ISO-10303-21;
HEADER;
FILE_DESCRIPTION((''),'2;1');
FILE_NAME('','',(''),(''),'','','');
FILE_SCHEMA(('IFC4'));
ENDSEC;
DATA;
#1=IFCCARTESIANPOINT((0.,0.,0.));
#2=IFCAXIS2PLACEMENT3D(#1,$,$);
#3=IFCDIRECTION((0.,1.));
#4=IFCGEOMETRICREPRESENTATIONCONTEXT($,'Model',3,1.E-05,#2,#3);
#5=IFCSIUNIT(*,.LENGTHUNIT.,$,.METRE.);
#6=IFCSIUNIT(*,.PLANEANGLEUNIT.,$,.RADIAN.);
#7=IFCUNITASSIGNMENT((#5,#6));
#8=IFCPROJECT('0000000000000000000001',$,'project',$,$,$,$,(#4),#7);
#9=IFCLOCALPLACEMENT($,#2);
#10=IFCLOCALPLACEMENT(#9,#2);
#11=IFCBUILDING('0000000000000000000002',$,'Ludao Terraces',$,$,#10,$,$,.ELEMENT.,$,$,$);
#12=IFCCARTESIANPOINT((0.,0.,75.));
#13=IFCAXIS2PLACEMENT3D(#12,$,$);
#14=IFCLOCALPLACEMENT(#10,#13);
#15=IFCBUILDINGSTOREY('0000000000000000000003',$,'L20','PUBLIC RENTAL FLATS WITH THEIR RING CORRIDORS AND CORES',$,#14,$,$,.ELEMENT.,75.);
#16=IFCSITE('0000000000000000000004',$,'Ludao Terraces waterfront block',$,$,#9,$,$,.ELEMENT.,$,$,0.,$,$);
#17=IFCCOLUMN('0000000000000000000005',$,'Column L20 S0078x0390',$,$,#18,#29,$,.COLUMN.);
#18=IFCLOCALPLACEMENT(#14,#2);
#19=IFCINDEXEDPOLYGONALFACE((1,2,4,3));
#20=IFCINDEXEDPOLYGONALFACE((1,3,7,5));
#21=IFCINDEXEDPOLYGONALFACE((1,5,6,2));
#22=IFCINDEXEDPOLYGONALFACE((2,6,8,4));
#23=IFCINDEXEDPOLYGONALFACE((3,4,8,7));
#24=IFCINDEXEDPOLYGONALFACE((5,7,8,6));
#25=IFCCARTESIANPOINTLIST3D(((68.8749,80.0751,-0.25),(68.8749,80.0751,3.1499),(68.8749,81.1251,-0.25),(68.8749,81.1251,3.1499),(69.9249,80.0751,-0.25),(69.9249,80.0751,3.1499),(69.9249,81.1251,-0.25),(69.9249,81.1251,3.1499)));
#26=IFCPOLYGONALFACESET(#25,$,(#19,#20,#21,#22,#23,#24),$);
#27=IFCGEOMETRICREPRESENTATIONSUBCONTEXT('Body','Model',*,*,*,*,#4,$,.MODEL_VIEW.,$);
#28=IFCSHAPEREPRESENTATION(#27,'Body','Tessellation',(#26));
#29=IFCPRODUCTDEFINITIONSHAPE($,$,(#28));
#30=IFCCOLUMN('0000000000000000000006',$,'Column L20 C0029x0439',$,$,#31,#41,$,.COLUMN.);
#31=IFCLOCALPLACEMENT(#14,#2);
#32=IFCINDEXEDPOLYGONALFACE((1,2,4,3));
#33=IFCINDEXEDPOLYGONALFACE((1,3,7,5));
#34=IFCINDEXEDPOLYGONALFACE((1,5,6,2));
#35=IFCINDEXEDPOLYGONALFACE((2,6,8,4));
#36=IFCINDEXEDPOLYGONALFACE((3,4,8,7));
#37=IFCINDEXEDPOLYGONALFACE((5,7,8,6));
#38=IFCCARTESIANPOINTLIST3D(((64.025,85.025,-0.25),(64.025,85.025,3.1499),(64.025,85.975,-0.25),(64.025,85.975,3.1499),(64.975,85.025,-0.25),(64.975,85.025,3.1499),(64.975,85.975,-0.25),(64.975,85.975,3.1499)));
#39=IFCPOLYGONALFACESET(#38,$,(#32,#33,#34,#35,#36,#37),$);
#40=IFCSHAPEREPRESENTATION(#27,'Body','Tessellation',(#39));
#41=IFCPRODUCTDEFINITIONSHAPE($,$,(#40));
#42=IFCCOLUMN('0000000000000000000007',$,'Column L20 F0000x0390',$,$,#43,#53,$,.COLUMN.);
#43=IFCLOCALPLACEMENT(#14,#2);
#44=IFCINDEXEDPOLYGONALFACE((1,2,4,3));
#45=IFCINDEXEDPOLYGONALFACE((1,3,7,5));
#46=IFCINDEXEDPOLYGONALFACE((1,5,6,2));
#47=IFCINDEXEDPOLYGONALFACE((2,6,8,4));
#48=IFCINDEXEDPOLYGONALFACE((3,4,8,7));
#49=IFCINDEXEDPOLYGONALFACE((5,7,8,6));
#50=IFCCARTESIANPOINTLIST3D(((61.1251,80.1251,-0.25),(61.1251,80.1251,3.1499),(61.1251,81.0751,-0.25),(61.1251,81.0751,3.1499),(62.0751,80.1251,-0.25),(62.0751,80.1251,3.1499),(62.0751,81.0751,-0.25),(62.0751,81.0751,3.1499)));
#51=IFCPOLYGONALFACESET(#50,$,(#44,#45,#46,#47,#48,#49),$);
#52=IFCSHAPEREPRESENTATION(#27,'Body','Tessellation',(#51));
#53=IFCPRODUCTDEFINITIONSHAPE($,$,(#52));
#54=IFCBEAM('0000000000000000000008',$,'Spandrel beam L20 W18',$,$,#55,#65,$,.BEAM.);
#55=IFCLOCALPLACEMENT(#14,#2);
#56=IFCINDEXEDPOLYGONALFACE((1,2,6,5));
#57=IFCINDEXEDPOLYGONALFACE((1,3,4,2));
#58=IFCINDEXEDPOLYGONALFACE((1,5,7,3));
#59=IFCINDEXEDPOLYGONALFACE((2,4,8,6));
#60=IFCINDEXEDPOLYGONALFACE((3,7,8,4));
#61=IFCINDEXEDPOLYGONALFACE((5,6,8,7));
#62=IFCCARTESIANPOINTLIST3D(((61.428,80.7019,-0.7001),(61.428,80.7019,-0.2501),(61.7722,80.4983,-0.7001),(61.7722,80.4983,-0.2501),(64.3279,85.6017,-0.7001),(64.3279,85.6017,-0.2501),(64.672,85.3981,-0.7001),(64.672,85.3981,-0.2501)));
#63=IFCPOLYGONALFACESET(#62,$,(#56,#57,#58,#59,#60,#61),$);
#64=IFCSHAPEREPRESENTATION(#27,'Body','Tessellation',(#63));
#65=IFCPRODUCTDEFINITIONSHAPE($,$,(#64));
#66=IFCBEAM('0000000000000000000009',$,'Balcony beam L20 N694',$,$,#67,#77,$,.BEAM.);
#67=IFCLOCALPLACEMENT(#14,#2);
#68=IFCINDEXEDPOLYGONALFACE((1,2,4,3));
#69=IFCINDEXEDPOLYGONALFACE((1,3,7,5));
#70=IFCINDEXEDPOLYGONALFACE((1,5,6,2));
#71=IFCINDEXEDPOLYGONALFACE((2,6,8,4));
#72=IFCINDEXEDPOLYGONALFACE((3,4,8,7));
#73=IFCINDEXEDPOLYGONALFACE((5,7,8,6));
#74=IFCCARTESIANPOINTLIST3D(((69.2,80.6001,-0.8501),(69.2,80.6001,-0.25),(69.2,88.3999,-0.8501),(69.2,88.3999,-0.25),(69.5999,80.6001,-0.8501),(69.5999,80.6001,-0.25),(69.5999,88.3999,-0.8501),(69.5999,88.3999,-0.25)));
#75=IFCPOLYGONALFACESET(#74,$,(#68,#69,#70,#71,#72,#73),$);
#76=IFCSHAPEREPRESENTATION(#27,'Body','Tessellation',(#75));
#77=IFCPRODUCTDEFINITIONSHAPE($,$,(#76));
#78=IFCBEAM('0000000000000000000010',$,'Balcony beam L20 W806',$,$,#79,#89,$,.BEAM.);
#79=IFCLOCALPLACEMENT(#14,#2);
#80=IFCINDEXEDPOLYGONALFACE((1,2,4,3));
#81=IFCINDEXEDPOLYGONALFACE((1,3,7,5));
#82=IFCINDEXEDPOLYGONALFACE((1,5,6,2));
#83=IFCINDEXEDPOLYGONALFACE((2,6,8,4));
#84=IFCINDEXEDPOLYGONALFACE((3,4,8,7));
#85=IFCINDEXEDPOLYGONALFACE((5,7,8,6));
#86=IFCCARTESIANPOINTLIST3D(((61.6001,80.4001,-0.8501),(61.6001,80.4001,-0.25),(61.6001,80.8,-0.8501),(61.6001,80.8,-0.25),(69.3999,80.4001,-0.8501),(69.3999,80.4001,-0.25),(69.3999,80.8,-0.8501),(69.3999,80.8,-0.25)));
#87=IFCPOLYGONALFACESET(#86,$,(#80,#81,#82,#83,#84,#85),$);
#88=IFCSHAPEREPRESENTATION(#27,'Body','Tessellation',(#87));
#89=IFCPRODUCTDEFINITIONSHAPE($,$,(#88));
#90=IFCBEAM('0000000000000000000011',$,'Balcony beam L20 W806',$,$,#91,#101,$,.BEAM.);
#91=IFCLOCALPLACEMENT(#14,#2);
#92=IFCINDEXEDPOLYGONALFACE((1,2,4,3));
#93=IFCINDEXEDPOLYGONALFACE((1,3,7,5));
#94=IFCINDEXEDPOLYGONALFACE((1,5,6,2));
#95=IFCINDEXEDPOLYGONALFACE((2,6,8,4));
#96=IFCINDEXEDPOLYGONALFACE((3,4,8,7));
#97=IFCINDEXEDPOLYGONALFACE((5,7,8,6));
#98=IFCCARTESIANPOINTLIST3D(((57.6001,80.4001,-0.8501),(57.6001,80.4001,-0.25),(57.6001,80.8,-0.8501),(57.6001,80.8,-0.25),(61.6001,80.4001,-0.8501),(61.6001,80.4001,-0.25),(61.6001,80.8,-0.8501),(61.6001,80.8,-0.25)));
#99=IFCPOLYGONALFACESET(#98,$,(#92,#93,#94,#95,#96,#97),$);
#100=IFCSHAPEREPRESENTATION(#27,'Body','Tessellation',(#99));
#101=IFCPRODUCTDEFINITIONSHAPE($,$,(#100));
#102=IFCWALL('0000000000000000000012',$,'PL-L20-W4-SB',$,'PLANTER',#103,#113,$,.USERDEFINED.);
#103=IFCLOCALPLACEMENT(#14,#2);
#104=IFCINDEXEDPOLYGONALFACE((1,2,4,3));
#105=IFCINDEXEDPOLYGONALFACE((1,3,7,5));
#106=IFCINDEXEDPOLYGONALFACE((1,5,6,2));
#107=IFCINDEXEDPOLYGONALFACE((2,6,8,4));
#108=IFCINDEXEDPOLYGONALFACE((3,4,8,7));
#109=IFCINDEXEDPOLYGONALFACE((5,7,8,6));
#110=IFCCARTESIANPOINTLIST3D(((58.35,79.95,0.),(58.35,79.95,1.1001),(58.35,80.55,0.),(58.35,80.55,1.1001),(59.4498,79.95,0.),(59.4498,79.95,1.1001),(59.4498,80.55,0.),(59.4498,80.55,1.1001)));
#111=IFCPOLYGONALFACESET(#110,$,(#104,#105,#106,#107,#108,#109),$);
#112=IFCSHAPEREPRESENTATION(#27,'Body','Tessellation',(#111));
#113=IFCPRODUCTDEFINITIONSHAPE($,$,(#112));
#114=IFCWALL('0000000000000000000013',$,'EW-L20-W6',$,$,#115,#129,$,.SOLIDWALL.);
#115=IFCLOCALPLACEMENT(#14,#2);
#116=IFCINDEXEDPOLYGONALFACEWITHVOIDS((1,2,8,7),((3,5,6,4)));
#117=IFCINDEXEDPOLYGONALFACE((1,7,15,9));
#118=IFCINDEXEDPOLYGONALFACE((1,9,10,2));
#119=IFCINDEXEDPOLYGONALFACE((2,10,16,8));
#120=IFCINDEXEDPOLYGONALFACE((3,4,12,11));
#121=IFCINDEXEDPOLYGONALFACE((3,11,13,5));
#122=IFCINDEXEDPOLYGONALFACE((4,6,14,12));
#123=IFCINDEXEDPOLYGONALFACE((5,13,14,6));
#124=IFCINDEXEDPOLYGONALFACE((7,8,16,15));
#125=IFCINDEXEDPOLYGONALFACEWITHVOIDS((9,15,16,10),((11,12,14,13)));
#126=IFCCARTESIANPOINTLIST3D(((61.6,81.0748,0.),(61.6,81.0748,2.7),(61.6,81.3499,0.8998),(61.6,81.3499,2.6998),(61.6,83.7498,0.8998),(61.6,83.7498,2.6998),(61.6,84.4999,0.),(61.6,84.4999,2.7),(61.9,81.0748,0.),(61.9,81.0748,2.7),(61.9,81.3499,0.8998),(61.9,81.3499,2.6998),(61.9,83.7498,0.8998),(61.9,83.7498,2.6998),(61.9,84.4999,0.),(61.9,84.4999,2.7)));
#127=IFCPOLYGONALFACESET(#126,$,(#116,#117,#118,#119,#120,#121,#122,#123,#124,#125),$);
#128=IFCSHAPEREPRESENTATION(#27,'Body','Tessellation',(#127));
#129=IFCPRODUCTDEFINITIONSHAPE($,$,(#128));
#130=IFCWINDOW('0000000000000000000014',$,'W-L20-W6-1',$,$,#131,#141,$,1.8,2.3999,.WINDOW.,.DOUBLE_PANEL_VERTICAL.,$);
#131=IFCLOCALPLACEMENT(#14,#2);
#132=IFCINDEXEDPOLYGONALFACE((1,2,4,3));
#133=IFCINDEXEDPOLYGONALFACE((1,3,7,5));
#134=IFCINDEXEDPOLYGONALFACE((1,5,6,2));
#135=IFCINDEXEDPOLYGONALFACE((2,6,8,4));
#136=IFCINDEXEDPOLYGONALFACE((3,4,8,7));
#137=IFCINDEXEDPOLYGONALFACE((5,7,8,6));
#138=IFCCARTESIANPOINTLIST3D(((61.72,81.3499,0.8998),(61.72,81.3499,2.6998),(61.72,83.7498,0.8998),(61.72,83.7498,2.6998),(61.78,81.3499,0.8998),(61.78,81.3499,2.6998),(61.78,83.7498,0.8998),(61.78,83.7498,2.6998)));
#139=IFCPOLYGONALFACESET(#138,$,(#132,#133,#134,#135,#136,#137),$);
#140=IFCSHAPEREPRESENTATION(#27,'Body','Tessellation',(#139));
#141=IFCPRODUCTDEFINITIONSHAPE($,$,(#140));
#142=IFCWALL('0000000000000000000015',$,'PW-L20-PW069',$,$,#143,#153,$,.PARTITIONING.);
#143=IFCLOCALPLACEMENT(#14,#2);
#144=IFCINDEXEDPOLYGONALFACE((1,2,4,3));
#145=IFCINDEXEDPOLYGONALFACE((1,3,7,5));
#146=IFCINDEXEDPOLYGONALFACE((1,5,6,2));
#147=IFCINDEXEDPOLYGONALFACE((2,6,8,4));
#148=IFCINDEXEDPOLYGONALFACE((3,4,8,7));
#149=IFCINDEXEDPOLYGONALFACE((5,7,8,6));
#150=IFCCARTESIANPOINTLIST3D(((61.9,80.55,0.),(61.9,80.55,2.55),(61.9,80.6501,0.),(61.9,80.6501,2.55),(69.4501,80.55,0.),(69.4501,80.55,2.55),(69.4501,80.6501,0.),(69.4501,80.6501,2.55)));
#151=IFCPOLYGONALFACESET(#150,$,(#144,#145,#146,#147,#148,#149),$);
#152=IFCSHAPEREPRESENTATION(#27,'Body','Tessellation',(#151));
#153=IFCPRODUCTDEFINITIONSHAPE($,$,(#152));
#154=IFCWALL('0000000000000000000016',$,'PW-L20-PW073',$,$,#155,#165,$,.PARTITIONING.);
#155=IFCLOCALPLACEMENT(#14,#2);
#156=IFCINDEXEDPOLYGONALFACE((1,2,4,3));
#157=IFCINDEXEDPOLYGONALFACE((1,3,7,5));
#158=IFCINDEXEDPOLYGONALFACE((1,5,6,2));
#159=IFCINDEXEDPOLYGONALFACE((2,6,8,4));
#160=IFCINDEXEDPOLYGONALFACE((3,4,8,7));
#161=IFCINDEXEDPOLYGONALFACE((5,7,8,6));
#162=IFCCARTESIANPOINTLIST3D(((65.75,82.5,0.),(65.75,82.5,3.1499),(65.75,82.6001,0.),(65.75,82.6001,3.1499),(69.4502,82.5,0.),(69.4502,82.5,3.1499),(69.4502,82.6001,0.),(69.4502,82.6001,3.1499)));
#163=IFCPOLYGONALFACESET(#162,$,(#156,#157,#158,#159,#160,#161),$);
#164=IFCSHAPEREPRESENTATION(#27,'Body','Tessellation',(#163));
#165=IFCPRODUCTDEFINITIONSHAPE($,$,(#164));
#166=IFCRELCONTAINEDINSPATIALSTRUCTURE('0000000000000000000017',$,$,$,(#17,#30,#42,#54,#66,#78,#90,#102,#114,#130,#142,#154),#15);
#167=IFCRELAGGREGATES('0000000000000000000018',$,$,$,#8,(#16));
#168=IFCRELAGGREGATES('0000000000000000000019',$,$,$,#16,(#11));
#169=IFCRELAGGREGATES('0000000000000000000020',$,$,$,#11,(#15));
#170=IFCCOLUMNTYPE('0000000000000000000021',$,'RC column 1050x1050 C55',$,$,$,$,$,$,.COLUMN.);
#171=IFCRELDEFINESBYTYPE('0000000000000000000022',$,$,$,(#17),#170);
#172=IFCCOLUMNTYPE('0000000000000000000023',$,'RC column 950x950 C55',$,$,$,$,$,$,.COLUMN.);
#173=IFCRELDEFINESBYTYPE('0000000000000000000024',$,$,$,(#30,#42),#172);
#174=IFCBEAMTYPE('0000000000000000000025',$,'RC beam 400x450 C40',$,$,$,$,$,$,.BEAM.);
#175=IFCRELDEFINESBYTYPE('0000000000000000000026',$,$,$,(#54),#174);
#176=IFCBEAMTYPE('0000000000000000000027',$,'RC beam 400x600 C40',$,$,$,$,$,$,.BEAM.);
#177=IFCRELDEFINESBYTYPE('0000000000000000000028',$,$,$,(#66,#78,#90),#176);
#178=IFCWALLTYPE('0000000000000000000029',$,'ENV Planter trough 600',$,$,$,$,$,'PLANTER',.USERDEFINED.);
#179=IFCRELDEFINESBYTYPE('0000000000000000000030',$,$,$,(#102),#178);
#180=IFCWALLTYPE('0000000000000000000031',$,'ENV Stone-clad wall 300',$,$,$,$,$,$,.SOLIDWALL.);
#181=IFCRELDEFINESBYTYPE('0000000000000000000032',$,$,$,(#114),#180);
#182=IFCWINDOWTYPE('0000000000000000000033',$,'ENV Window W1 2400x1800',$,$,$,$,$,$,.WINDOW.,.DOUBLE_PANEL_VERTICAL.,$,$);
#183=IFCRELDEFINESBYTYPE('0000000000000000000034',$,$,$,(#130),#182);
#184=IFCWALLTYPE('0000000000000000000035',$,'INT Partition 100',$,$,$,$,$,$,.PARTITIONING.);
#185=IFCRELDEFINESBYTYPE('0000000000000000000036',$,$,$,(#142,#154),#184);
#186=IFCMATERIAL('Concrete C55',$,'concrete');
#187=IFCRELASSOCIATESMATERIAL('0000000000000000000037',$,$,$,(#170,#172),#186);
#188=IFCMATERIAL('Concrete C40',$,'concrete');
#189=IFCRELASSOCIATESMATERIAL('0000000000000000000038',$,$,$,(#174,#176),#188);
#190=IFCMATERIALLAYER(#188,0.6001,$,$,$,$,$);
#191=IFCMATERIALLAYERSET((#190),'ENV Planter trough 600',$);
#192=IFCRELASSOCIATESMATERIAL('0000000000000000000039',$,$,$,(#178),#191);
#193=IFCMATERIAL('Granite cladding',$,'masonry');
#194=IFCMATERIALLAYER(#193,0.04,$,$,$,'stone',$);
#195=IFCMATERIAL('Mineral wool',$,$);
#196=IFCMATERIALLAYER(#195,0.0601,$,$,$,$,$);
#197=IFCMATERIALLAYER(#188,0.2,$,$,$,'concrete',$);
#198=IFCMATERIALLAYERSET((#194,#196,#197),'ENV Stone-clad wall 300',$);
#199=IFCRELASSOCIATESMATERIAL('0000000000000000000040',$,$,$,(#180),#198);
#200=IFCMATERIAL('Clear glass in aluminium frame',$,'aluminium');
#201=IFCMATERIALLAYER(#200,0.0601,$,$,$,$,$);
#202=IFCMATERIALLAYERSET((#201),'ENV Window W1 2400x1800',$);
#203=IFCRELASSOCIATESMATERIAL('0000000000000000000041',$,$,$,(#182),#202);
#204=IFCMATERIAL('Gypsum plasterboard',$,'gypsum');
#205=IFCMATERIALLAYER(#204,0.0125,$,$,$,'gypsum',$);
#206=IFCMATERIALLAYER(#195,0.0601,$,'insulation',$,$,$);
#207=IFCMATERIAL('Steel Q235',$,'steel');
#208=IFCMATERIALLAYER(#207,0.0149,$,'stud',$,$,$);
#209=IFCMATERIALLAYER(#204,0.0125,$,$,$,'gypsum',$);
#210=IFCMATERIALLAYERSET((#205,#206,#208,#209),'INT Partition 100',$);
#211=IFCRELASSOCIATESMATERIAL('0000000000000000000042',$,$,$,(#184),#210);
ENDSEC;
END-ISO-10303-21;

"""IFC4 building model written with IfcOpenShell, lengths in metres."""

from ifc_helpers import new_model, si_unit, direction, frame, frame_2d, origin, origin_2d, place, context, subcontext, project, spatial, rectangle, extrude, material, layer, layer_set, material_profile, profile_set, type_object, element, fill, save


model = new_model("IFC4")

# Units and contexts
model_context = context("Model", 3, precision=1e-05, world=origin(), true_north=direction((0.0, 1.0)))
body_context = subcontext(model_context, "Body", "Model", "MODEL_VIEW")
ifc_project = project(units=[si_unit("LENGTHUNIT", "METRE"), si_unit("PLANEANGLEUNIT", "RADIAN")], contexts=[model_context])

# Site, building, storey
site_placement = place(None, origin())
site = spatial("IfcSite", under=ifc_project, at=site_placement, Name="Ludao Terraces waterfront block", CompositionType="ELEMENT", RefElevation=0.0)
building_placement = place(site_placement, origin())
building = spatial("IfcBuilding", under=site, at=building_placement, Name="Ludao Terraces", CompositionType="ELEMENT")
storey_placement = place(building_placement, frame((0.0, 0.0, 75.0)))
storey = spatial("IfcBuildingStorey", under=building, at=storey_placement, Name="L20", Description="PUBLIC RENTAL FLATS WITH THEIR RING CORRIDORS AND CORES", CompositionType="ELEMENT", Elevation=75.0)

# Columns
ifc_material_1 = material(Name="Concrete C55", Category="concrete")
ifc_material_profile_1 = material_profile(ifc_material_1, rectangle(XDim=1.05, YDim=1.05, at=origin_2d()), Name="1050 X 1050")
ifc_profile_set_1 = profile_set([ifc_material_profile_1], Name="Concrete C55")
column_type_1 = type_object("IfcColumnType", Name="RC column 1050x1050 C55", PredefinedType="COLUMN", material=ifc_profile_set_1)
column_placement = place(storey_placement, frame((69.3999, 80.6001, -0.25), z_axis=(0.0, 0.0, 1.0), x_axis=(1.0, 0.0, 0.0)))
element("IfcColumn", 1, at=column_placement, inside=storey, type_object=column_type_1, Name="Column L20 S0078x0390", PredefinedType="COLUMN", context=body_context, shape_type="SweptSolid", body=[
    extrude(rectangle(XDim=1.05, YDim=1.05, at=origin_2d()), origin(), (0.0, 0.0, 1.0), 3.3999),
])
ifc_material_profile_2 = material_profile(ifc_material_1, rectangle(XDim=0.95, YDim=0.95, at=origin_2d()), Name="950 X 950")
ifc_profile_set_2 = profile_set([ifc_material_profile_2], Name="Concrete C55")
column_type_2 = type_object("IfcColumnType", Name="RC column 950x950 C55", PredefinedType="COLUMN", material=ifc_profile_set_2)
for number, where, z_axis, x_axis, name in (
    (2, (64.5, 85.5, -0.25), (0.0, 0.0, 1.0), (1.0, 0.0, 0.0), "Column L20 C0029x0439"),
    (3, (61.6001, 80.6001, -0.25), (0.0, 0.0, 1.0), (1.0, 0.0, 0.0), "Column L20 F0000x0390"),
):
    element("IfcColumn", number, at=place(storey_placement, frame(where, z_axis=z_axis, x_axis=x_axis)), inside=storey, type_object=column_type_2, Name=name, PredefinedType="COLUMN", context=body_context, shape_type="SweptSolid", body=[
        extrude(rectangle(XDim=0.95, YDim=0.95, at=origin_2d()), origin(), (0.0, 0.0, 1.0), 3.3999),
    ])

# Beams
ifc_material_2 = material(Name="Concrete C40", Category="concrete")
ifc_material_profile_3 = material_profile(ifc_material_2, rectangle(XDim=0.3999, YDim=0.45, at=origin_2d()), Name="400 X 450")
ifc_profile_set_3 = profile_set([ifc_material_profile_3], Name="Concrete C40")
beam_type_1 = type_object("IfcBeamType", Name="RC beam 400x450 C40", PredefinedType="BEAM", material=ifc_profile_set_3)
beam_1_placement = place(storey_placement, frame((61.6001, 80.6001, -0.4751), z_axis=(0.509316, 0.86058, 0.0), x_axis=(-0.86058, 0.509316, 0.0)))
element("IfcBeam", 4, at=beam_1_placement, inside=storey, type_object=beam_type_1, Name="Spandrel beam L20 W18", PredefinedType="BEAM", context=body_context, shape_type="SweptSolid", body=[
    extrude(rectangle(XDim=0.3999, YDim=0.45, at=origin_2d()), origin(), (0.0, 0.0, 1.0), 5.6936),
])
ifc_material_profile_4 = material_profile(ifc_material_2, rectangle(XDim=0.3999, YDim=0.6001, at=origin_2d()), Name="400 X 600")
ifc_profile_set_4 = profile_set([ifc_material_profile_4], Name="Concrete C40")
beam_type_2 = type_object("IfcBeamType", Name="RC beam 400x600 C40", PredefinedType="BEAM", material=ifc_profile_set_4)
for number, where, z_axis, x_axis, name in (
    (5, (69.3999, 80.6001, -0.55), (0.0, 1.0, 0.0), (-1.0, 0.0, 0.0), "Balcony beam L20 N694"),
    (6, (69.3999, 80.6001, -0.55), (-1.0, 0.0, 0.0), (0.0, -1.0, 0.0), "Balcony beam L20 W806"),
):
    element("IfcBeam", number, at=place(storey_placement, frame(where, z_axis=z_axis, x_axis=x_axis)), inside=storey, type_object=beam_type_2, Name=name, PredefinedType="BEAM", context=body_context, shape_type="SweptSolid", body=[
        extrude(rectangle(XDim=0.3999, YDim=0.6001, at=origin_2d()), origin(), (0.0, 0.0, 1.0), 7.7998),
    ])
beam_2_placement = place(storey_placement, frame((61.6001, 80.6001, -0.55), z_axis=(-1.0, 0.0, 0.0), x_axis=(0.0, -1.0, 0.0)))
element("IfcBeam", 7, at=beam_2_placement, inside=storey, type_object=beam_type_2, Name="Balcony beam L20 W806", PredefinedType="BEAM", context=body_context, shape_type="SweptSolid", body=[
    extrude(rectangle(XDim=0.3999, YDim=0.6001, at=origin_2d()), origin(), (0.0, 0.0, 1.0), 4.0),
])

# Wall
ifc_layer_1 = layer(ifc_material_2, 0.6001)
ifc_layer_set_1 = layer_set([ifc_layer_1], Name="ENV Planter trough 600")
wall_type_1 = type_object("IfcWallType", Name="ENV Planter trough 600", ElementType="PLANTER", PredefinedType="USERDEFINED", material=ifc_layer_set_1)
wall_1_placement = place(storey_placement, frame((58.3501, 80.25, 0.0), z_axis=(0.0, 0.0, 1.0), x_axis=(1.0, 0.0, 0.0)))
element("IfcWall", 8, at=wall_1_placement, inside=storey, type_object=wall_type_1, Name="PL-L20-W4-SB", ObjectType="PLANTER", PredefinedType="USERDEFINED", context=body_context, shape_type="SweptSolid", body=[
    extrude(rectangle(XDim=1.0999, YDim=0.6001, at=frame_2d((0.5498, 0.0))), origin(), (0.0, 0.0, 1.0), 1.1001),
])

# Wall, opening, window
ifc_material_3 = material(Name="Granite cladding", Category="masonry")
ifc_layer_2 = layer(ifc_material_3, 0.04, Category="stone")
ifc_material_4 = material(Name="Mineral wool")
ifc_layer_3 = layer(ifc_material_4, 0.0601)
ifc_layer_4 = layer(ifc_material_2, 0.2, Category="concrete")
ifc_layer_set_2 = layer_set([ifc_layer_2, ifc_layer_3, ifc_layer_4], Name="ENV Stone-clad wall 300")
wall_type_2 = type_object("IfcWallType", Name="ENV Stone-clad wall 300", PredefinedType="SOLIDWALL", material=ifc_layer_set_2)
wall_2_placement = place(storey_placement, frame((61.75, 81.075, 0.0), z_axis=(0.0, 0.0, 1.0), x_axis=(0.0, 1.0, 0.0)))
wall_2 = element("IfcWall", 9, at=wall_2_placement, inside=storey, type_object=wall_type_2, Name="EW-L20-W6", PredefinedType="SOLIDWALL", context=body_context, shape_type="SweptSolid", body=[
    extrude(rectangle(XDim=3.425, YDim=0.3, at=frame_2d((1.7124, 0.0))), origin(), (0.0, 0.0, 1.0), 2.7),
])
opening_1_placement = place(wall_2_placement, frame((0.2749, 0.0, 0.8999)))
opening_1 = element("IfcOpeningElement", 10, at=opening_1_placement, cuts=wall_2, PredefinedType="OPENING", context=body_context, shape_type="SweptSolid", body=[
    extrude(rectangle(XDim=2.3999, YDim=1.8, at=frame_2d((1.2, 0.8999))), frame((0.0, 0.1602, 0.0), z_axis=(0.0, -1.0, 0.0), x_axis=(1.0, 0.0, 0.0)), (0.0, 0.0, 1.0), 0.3201),
])
ifc_material_5 = material(Name="Clear glass in aluminium frame", Category="aluminium")
ifc_layer_5 = layer(ifc_material_5, 0.0601)
ifc_layer_set_3 = layer_set([ifc_layer_5], Name="ENV Window W1 2400x1800")
window_type = type_object("IfcWindowType", Name="ENV Window W1 2400x1800", PartitioningType="DOUBLE_PANEL_VERTICAL", PredefinedType="WINDOW", material=ifc_layer_set_3)
window_placement = place(opening_1_placement, origin())
window = element("IfcWindow", 11, at=window_placement, inside=storey, type_object=window_type, Name="W-L20-W6-1", OverallHeight=1.8, OverallWidth=2.3999, PartitioningType="DOUBLE_PANEL_VERTICAL", PredefinedType="WINDOW", context=body_context, shape_type="SweptSolid", body=[
    extrude(rectangle(XDim=2.3999, YDim=1.8, at=frame_2d((1.2, 0.8999))), frame((0.0, 0.03, 0.0), z_axis=(0.0, -1.0, 0.0), x_axis=(1.0, 0.0, 0.0)), (0.0, 0.0, 1.0), 0.0601),
])
fill(opening_1, window)

# Walls
ifc_material_6 = material(Name="Gypsum plasterboard", Category="gypsum")
ifc_layer_6 = layer(ifc_material_6, 0.0125, Category="gypsum")
ifc_layer_7 = layer(ifc_material_4, 0.0601, Name="insulation")
ifc_material_7 = material(Name="Steel Q235", Category="steel")
ifc_layer_8 = layer(ifc_material_7, 0.0149, Name="stud")
ifc_layer_9 = layer(ifc_material_6, 0.0125, Category="gypsum")
ifc_layer_set_4 = layer_set([ifc_layer_6, ifc_layer_7, ifc_layer_8, ifc_layer_9], Name="INT Partition 100")
wall_type_3 = type_object("IfcWallType", Name="INT Partition 100", PredefinedType="PARTITIONING", material=ifc_layer_set_4)
wall_3_placement = place(storey_placement, frame((61.9001, 80.6001, 0.0), z_axis=(0.0, 0.0, 1.0), x_axis=(1.0, 0.0, 0.0)))
element("IfcWall", 12, at=wall_3_placement, inside=storey, type_object=wall_type_3, Name="PW-L20-PW069", PredefinedType="PARTITIONING", context=body_context, shape_type="SweptSolid", body=[
    extrude(rectangle(XDim=7.55, YDim=0.1001, at=frame_2d((3.7749, 0.0))), origin(), (0.0, 0.0, 1.0), 2.55),
])
wall_4_placement = place(storey_placement, frame((65.75, 82.55, 0.0), z_axis=(0.0, 0.0, 1.0), x_axis=(1.0, 0.0, 0.0)))
element("IfcWall", 13, at=wall_4_placement, inside=storey, type_object=wall_type_3, Name="PW-L20-PW073", PredefinedType="PARTITIONING", context=body_context, shape_type="SweptSolid", body=[
    extrude(rectangle(XDim=3.7002, YDim=0.1001, at=frame_2d((1.8501, 0.0))), origin(), (0.0, 0.0, 1.0), 3.1499),
])

save(model, "model.ifc")
